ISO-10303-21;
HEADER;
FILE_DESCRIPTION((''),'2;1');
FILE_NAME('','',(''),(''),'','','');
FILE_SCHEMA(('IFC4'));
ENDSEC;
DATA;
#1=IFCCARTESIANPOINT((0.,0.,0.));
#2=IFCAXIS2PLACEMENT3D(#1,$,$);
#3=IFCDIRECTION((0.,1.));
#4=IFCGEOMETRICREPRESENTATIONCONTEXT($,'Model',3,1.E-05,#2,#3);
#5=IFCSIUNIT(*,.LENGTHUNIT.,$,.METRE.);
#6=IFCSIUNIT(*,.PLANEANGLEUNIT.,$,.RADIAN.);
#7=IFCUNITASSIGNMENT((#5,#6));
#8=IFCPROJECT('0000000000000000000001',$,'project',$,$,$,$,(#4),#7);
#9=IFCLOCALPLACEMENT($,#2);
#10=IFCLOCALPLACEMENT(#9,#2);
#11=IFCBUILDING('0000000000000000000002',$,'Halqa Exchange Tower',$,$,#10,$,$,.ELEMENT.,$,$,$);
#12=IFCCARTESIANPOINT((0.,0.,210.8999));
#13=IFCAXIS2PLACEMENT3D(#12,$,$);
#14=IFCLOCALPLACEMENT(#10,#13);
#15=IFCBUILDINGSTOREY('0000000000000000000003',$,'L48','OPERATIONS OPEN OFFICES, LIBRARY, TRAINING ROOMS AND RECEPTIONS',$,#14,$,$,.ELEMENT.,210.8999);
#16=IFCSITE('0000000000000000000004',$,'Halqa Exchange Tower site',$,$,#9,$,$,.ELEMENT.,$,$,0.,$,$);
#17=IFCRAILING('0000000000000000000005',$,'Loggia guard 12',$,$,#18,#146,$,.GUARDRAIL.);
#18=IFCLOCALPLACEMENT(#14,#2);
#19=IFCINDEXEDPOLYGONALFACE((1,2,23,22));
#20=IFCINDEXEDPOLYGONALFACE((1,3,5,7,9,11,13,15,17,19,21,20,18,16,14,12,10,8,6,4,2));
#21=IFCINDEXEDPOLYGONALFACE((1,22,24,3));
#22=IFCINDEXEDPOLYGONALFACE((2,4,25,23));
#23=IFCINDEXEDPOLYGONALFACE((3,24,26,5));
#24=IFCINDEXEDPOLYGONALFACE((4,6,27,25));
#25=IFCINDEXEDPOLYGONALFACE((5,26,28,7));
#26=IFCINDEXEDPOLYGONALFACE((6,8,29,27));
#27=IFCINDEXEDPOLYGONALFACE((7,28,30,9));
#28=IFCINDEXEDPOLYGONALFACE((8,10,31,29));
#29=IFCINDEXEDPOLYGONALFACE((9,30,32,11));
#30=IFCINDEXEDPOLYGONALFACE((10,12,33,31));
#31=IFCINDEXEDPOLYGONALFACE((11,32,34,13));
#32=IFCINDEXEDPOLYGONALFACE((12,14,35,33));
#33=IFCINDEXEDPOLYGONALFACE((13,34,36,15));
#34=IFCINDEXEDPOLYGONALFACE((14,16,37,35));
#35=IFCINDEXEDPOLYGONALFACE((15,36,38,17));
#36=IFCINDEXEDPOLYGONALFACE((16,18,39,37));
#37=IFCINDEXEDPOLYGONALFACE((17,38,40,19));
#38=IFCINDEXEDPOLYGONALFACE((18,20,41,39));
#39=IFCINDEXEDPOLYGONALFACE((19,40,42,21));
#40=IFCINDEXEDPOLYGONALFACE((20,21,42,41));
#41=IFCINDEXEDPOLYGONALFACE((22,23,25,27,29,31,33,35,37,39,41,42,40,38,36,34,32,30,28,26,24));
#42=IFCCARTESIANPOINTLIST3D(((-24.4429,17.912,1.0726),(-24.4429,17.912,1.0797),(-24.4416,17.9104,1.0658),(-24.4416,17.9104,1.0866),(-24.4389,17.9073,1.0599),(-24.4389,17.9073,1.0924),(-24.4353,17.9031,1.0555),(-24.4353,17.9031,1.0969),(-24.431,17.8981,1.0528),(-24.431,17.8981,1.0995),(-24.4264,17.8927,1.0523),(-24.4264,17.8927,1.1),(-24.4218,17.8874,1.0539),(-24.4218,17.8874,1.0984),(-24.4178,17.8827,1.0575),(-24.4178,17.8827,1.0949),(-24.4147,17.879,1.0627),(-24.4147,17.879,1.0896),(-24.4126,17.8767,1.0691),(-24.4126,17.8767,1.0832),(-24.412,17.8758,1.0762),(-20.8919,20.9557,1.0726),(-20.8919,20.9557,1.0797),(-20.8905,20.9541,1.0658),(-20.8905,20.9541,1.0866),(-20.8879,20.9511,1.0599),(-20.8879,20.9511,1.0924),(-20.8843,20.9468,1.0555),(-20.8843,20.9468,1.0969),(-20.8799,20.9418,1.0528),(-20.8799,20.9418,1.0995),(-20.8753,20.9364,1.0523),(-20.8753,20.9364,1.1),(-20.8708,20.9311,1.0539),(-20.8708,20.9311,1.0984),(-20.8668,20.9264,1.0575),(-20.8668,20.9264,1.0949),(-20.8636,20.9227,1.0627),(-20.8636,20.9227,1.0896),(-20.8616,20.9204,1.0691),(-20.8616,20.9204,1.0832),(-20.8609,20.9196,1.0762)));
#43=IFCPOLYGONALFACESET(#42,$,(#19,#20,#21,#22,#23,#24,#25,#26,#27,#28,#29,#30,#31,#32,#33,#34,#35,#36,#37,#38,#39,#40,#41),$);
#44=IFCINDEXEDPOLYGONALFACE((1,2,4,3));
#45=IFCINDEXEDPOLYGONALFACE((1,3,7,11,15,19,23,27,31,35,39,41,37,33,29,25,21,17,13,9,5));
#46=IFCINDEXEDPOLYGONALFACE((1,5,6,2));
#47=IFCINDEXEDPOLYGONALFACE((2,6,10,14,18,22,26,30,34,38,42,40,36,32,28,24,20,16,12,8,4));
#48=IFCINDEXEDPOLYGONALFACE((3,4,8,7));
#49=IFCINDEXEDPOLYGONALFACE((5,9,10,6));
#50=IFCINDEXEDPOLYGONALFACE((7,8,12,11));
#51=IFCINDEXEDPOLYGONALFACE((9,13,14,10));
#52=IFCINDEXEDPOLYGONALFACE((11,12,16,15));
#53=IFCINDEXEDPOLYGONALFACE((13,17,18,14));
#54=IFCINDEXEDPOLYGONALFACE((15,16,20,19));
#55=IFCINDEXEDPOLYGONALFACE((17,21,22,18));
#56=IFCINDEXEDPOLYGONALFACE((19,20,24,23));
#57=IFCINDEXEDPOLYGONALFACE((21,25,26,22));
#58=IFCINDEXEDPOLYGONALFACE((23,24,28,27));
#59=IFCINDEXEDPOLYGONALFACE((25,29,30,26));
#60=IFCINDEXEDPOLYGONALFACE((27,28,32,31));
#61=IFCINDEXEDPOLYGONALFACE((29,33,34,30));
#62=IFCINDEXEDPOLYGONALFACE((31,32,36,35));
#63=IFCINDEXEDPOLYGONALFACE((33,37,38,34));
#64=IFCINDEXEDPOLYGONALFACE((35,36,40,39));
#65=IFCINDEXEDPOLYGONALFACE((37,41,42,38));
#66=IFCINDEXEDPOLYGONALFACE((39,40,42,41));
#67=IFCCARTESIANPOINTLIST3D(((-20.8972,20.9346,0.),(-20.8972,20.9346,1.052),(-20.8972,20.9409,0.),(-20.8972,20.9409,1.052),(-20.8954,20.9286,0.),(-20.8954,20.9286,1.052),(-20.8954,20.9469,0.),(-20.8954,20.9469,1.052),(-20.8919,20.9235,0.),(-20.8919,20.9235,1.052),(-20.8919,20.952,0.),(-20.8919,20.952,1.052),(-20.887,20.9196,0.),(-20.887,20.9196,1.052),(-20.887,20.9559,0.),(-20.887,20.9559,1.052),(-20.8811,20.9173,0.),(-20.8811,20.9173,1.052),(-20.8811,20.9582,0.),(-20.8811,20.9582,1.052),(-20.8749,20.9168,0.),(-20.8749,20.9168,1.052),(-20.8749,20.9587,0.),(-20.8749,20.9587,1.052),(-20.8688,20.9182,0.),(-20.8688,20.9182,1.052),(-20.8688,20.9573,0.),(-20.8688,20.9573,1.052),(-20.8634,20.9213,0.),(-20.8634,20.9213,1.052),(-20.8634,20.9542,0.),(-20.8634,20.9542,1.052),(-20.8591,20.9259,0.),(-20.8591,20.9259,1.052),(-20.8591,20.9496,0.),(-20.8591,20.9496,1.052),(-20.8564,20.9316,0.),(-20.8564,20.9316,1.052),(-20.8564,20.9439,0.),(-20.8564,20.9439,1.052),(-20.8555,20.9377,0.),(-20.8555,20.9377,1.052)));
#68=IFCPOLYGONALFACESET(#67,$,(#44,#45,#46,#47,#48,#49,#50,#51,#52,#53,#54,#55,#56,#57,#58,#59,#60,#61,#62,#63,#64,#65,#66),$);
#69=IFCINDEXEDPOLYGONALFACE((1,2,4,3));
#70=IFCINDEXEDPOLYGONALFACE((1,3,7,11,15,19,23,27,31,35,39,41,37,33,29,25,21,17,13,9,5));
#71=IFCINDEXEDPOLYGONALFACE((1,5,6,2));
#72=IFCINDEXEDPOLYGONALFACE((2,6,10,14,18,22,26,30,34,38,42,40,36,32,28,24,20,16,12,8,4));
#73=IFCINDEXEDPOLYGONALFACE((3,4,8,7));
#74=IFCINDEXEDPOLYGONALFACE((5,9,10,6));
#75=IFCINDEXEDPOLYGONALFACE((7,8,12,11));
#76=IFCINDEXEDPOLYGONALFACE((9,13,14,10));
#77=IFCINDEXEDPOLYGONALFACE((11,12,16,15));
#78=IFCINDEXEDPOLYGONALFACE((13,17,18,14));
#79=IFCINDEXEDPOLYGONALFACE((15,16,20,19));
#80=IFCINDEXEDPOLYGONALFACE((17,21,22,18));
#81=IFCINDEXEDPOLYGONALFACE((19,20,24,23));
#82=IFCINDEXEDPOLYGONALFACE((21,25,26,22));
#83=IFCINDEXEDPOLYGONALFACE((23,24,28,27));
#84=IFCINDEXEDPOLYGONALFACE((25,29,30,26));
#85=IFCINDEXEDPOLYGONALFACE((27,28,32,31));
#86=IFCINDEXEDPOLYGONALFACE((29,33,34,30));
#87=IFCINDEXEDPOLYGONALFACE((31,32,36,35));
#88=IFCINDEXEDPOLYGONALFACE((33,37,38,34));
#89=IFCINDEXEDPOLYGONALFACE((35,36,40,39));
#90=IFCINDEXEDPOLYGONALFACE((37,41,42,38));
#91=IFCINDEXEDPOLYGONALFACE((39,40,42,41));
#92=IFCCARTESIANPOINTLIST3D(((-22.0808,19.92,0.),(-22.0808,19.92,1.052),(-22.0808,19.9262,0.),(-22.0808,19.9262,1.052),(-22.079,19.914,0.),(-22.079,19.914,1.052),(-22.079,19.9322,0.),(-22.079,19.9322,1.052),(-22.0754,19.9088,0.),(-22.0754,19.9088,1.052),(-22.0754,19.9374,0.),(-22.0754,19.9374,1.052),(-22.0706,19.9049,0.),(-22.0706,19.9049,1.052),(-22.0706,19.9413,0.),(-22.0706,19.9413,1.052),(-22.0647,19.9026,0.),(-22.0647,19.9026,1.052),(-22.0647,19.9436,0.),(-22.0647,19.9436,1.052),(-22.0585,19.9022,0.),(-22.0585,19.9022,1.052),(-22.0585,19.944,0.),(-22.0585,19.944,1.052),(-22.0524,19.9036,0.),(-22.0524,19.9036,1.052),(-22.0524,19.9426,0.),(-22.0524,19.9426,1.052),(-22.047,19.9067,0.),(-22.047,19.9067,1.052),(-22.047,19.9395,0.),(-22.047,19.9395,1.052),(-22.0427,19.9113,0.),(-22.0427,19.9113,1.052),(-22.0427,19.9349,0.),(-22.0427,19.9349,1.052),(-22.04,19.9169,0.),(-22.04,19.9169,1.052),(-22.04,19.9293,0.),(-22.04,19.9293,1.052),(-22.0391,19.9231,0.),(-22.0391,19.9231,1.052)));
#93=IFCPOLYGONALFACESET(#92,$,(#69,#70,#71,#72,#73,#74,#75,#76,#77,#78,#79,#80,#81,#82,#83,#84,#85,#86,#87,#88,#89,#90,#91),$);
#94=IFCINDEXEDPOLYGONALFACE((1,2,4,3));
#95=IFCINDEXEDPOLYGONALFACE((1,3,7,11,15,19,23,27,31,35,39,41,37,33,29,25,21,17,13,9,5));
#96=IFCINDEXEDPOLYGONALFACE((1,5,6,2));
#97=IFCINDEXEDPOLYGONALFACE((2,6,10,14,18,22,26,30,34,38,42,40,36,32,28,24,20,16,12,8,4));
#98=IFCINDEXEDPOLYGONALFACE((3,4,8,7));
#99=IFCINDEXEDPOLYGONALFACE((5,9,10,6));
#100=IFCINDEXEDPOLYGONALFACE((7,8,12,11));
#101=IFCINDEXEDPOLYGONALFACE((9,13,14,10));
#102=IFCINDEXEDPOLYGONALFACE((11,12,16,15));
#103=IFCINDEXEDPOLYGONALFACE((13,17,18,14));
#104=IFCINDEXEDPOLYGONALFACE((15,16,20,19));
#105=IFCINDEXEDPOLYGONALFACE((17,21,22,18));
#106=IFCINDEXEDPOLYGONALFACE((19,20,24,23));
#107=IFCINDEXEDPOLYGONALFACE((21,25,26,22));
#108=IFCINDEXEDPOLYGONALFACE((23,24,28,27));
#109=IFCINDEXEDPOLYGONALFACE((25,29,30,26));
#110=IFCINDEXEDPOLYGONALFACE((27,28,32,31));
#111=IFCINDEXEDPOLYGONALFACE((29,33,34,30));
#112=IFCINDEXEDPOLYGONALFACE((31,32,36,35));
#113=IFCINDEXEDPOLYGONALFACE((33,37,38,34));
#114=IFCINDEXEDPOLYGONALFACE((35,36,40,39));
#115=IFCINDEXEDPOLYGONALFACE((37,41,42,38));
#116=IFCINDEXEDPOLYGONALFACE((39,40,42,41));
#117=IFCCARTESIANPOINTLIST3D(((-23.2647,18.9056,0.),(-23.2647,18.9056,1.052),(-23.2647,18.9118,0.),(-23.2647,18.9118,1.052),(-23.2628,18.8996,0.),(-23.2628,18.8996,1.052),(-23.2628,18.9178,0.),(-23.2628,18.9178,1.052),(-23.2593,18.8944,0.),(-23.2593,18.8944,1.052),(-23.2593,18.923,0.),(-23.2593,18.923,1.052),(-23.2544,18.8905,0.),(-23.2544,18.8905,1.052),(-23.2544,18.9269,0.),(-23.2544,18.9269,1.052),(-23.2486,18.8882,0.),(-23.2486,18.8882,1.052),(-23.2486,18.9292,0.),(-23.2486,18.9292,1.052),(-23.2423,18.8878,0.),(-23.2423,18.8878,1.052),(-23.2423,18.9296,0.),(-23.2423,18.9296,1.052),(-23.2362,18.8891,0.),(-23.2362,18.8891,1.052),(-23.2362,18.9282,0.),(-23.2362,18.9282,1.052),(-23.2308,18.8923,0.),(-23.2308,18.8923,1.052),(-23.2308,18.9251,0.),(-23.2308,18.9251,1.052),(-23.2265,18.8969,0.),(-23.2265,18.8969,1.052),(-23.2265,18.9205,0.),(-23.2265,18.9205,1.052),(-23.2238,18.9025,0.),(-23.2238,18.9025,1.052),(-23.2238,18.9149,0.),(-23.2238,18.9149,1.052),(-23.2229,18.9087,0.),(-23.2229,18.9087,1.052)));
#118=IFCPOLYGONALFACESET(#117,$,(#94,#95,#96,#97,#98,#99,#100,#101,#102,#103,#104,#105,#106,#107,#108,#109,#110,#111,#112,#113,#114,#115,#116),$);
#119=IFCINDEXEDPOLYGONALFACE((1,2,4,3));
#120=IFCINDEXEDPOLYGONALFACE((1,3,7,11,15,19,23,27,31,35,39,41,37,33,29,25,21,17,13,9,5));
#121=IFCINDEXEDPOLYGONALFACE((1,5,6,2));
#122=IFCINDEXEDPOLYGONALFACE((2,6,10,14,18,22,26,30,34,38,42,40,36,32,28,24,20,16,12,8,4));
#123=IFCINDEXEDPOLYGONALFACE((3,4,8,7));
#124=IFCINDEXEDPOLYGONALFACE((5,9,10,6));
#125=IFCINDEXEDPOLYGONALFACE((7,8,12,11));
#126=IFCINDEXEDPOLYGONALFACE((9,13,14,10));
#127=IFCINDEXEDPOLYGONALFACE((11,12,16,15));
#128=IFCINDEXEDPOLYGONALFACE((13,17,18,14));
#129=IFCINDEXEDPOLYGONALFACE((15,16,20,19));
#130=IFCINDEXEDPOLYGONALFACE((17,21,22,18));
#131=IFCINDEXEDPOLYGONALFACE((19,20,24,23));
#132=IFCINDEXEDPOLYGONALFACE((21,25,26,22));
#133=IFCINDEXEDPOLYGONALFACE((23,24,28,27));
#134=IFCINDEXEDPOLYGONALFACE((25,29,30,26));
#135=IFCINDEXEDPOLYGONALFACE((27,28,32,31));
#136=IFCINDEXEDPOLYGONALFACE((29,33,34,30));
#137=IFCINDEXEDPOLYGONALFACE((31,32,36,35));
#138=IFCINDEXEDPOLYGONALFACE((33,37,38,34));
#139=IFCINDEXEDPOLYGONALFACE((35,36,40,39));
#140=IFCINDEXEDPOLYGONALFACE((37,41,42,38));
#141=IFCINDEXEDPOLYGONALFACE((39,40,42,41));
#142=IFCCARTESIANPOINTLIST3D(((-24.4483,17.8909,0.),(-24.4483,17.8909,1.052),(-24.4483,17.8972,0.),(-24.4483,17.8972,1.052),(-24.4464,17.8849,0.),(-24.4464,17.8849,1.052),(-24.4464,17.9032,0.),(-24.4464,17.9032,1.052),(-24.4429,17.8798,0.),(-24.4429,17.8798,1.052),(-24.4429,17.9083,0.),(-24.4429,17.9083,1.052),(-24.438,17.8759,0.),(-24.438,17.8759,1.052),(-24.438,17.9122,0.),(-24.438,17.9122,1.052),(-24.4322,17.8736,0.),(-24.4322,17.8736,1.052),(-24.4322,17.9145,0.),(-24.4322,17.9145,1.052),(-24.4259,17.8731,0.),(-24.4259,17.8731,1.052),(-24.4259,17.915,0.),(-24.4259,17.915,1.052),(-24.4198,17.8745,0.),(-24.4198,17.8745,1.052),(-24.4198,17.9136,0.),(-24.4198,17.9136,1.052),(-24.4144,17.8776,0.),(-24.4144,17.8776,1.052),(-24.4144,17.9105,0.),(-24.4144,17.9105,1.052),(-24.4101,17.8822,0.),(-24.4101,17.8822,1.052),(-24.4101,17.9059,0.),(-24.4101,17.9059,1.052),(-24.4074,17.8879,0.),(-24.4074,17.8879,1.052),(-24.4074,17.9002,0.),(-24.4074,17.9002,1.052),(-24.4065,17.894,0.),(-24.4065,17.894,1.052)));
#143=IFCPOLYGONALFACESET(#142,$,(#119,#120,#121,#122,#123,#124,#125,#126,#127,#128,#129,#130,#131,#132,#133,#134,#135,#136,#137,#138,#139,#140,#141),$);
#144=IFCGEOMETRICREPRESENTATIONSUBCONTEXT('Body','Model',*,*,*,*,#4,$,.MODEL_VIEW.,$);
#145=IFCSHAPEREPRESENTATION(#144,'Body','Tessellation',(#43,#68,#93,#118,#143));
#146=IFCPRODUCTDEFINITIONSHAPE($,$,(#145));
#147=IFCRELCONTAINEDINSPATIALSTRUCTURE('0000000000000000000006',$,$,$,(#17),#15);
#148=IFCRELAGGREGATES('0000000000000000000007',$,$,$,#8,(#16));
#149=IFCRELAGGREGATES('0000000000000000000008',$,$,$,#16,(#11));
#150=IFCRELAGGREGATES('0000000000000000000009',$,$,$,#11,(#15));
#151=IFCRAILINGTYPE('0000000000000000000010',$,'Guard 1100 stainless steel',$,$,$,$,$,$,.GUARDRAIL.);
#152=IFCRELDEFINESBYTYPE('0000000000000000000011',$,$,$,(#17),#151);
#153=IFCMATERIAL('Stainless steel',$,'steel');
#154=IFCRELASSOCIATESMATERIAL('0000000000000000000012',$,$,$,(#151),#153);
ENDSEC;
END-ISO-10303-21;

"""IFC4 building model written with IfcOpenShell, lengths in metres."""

from ifc_helpers import new_model, si_unit, direction, frame, origin, origin_2d, place, context, subcontext, project, spatial, circle, extrude, material, type_object, element, save


model = new_model("IFC4")

# Units and contexts
model_context = context("Model", 3, precision=1e-05, world=origin(), true_north=direction((0.0, 1.0)))
body_context = subcontext(model_context, "Body", "Model", "MODEL_VIEW")
ifc_project = project(units=[si_unit("LENGTHUNIT", "METRE"), si_unit("PLANEANGLEUNIT", "RADIAN")], contexts=[model_context])

# Site, building, storey
site_placement = place(None, origin())
site = spatial("IfcSite", under=ifc_project, at=site_placement, Name="Halqa Exchange Tower site", CompositionType="ELEMENT", RefElevation=0.0)
building_placement = place(site_placement, origin())
building = spatial("IfcBuilding", under=site, at=building_placement, Name="Halqa Exchange Tower", CompositionType="ELEMENT")
storey_placement = place(building_placement, frame((0.0, 0.0, 210.8999)))
storey = spatial("IfcBuildingStorey", under=building, at=storey_placement, Name="L48", Description="OPERATIONS OPEN OFFICES, LIBRARY, TRAINING ROOMS AND RECEPTIONS", CompositionType="ELEMENT", Elevation=210.8999)

# Railing
ifc_material_1 = material(Name="Stainless steel", Category="steel")
railing_type = type_object("IfcRailingType", Name="Guard 1100 stainless steel", PredefinedType="GUARDRAIL", material=ifc_material_1)
railing_1_placement = place(storey_placement, frame((-20.8765, 20.9377, 0.0)))
element("IfcRailing", 1, at=railing_1_placement, inside=storey, type_object=railing_type, Name="Loggia guard 12", PredefinedType="GUARDRAIL", context=body_context, shape_type="SweptSolid", body=[
    extrude(circle(Radius=0.0239, at=origin_2d()), frame((0.0, 0.0, 1.0762), z_axis=(-0.75926, -0.650787, 0.0), x_axis=(0.650787, -0.75926, 0.0)), (0.0, 0.0, 1.0), 4.677),
    extrude(circle(Radius=0.021, at=origin_2d()), origin(), (0.0, 0.0, 1.0), 1.052),
    extrude(circle(Radius=0.021, at=origin_2d()), frame((-1.1836, -1.0146, 0.0)), (0.0, 0.0, 1.0), 1.052),
    extrude(circle(Radius=0.021, at=origin_2d()), frame((-2.3674, -2.0291, 0.0)), (0.0, 0.0, 1.0), 1.052),
    extrude(circle(Radius=0.021, at=origin_2d()), frame((-3.551, -3.0437, 0.0)), (0.0, 0.0, 1.0), 1.052),
])

save(model, "model.ifc")
